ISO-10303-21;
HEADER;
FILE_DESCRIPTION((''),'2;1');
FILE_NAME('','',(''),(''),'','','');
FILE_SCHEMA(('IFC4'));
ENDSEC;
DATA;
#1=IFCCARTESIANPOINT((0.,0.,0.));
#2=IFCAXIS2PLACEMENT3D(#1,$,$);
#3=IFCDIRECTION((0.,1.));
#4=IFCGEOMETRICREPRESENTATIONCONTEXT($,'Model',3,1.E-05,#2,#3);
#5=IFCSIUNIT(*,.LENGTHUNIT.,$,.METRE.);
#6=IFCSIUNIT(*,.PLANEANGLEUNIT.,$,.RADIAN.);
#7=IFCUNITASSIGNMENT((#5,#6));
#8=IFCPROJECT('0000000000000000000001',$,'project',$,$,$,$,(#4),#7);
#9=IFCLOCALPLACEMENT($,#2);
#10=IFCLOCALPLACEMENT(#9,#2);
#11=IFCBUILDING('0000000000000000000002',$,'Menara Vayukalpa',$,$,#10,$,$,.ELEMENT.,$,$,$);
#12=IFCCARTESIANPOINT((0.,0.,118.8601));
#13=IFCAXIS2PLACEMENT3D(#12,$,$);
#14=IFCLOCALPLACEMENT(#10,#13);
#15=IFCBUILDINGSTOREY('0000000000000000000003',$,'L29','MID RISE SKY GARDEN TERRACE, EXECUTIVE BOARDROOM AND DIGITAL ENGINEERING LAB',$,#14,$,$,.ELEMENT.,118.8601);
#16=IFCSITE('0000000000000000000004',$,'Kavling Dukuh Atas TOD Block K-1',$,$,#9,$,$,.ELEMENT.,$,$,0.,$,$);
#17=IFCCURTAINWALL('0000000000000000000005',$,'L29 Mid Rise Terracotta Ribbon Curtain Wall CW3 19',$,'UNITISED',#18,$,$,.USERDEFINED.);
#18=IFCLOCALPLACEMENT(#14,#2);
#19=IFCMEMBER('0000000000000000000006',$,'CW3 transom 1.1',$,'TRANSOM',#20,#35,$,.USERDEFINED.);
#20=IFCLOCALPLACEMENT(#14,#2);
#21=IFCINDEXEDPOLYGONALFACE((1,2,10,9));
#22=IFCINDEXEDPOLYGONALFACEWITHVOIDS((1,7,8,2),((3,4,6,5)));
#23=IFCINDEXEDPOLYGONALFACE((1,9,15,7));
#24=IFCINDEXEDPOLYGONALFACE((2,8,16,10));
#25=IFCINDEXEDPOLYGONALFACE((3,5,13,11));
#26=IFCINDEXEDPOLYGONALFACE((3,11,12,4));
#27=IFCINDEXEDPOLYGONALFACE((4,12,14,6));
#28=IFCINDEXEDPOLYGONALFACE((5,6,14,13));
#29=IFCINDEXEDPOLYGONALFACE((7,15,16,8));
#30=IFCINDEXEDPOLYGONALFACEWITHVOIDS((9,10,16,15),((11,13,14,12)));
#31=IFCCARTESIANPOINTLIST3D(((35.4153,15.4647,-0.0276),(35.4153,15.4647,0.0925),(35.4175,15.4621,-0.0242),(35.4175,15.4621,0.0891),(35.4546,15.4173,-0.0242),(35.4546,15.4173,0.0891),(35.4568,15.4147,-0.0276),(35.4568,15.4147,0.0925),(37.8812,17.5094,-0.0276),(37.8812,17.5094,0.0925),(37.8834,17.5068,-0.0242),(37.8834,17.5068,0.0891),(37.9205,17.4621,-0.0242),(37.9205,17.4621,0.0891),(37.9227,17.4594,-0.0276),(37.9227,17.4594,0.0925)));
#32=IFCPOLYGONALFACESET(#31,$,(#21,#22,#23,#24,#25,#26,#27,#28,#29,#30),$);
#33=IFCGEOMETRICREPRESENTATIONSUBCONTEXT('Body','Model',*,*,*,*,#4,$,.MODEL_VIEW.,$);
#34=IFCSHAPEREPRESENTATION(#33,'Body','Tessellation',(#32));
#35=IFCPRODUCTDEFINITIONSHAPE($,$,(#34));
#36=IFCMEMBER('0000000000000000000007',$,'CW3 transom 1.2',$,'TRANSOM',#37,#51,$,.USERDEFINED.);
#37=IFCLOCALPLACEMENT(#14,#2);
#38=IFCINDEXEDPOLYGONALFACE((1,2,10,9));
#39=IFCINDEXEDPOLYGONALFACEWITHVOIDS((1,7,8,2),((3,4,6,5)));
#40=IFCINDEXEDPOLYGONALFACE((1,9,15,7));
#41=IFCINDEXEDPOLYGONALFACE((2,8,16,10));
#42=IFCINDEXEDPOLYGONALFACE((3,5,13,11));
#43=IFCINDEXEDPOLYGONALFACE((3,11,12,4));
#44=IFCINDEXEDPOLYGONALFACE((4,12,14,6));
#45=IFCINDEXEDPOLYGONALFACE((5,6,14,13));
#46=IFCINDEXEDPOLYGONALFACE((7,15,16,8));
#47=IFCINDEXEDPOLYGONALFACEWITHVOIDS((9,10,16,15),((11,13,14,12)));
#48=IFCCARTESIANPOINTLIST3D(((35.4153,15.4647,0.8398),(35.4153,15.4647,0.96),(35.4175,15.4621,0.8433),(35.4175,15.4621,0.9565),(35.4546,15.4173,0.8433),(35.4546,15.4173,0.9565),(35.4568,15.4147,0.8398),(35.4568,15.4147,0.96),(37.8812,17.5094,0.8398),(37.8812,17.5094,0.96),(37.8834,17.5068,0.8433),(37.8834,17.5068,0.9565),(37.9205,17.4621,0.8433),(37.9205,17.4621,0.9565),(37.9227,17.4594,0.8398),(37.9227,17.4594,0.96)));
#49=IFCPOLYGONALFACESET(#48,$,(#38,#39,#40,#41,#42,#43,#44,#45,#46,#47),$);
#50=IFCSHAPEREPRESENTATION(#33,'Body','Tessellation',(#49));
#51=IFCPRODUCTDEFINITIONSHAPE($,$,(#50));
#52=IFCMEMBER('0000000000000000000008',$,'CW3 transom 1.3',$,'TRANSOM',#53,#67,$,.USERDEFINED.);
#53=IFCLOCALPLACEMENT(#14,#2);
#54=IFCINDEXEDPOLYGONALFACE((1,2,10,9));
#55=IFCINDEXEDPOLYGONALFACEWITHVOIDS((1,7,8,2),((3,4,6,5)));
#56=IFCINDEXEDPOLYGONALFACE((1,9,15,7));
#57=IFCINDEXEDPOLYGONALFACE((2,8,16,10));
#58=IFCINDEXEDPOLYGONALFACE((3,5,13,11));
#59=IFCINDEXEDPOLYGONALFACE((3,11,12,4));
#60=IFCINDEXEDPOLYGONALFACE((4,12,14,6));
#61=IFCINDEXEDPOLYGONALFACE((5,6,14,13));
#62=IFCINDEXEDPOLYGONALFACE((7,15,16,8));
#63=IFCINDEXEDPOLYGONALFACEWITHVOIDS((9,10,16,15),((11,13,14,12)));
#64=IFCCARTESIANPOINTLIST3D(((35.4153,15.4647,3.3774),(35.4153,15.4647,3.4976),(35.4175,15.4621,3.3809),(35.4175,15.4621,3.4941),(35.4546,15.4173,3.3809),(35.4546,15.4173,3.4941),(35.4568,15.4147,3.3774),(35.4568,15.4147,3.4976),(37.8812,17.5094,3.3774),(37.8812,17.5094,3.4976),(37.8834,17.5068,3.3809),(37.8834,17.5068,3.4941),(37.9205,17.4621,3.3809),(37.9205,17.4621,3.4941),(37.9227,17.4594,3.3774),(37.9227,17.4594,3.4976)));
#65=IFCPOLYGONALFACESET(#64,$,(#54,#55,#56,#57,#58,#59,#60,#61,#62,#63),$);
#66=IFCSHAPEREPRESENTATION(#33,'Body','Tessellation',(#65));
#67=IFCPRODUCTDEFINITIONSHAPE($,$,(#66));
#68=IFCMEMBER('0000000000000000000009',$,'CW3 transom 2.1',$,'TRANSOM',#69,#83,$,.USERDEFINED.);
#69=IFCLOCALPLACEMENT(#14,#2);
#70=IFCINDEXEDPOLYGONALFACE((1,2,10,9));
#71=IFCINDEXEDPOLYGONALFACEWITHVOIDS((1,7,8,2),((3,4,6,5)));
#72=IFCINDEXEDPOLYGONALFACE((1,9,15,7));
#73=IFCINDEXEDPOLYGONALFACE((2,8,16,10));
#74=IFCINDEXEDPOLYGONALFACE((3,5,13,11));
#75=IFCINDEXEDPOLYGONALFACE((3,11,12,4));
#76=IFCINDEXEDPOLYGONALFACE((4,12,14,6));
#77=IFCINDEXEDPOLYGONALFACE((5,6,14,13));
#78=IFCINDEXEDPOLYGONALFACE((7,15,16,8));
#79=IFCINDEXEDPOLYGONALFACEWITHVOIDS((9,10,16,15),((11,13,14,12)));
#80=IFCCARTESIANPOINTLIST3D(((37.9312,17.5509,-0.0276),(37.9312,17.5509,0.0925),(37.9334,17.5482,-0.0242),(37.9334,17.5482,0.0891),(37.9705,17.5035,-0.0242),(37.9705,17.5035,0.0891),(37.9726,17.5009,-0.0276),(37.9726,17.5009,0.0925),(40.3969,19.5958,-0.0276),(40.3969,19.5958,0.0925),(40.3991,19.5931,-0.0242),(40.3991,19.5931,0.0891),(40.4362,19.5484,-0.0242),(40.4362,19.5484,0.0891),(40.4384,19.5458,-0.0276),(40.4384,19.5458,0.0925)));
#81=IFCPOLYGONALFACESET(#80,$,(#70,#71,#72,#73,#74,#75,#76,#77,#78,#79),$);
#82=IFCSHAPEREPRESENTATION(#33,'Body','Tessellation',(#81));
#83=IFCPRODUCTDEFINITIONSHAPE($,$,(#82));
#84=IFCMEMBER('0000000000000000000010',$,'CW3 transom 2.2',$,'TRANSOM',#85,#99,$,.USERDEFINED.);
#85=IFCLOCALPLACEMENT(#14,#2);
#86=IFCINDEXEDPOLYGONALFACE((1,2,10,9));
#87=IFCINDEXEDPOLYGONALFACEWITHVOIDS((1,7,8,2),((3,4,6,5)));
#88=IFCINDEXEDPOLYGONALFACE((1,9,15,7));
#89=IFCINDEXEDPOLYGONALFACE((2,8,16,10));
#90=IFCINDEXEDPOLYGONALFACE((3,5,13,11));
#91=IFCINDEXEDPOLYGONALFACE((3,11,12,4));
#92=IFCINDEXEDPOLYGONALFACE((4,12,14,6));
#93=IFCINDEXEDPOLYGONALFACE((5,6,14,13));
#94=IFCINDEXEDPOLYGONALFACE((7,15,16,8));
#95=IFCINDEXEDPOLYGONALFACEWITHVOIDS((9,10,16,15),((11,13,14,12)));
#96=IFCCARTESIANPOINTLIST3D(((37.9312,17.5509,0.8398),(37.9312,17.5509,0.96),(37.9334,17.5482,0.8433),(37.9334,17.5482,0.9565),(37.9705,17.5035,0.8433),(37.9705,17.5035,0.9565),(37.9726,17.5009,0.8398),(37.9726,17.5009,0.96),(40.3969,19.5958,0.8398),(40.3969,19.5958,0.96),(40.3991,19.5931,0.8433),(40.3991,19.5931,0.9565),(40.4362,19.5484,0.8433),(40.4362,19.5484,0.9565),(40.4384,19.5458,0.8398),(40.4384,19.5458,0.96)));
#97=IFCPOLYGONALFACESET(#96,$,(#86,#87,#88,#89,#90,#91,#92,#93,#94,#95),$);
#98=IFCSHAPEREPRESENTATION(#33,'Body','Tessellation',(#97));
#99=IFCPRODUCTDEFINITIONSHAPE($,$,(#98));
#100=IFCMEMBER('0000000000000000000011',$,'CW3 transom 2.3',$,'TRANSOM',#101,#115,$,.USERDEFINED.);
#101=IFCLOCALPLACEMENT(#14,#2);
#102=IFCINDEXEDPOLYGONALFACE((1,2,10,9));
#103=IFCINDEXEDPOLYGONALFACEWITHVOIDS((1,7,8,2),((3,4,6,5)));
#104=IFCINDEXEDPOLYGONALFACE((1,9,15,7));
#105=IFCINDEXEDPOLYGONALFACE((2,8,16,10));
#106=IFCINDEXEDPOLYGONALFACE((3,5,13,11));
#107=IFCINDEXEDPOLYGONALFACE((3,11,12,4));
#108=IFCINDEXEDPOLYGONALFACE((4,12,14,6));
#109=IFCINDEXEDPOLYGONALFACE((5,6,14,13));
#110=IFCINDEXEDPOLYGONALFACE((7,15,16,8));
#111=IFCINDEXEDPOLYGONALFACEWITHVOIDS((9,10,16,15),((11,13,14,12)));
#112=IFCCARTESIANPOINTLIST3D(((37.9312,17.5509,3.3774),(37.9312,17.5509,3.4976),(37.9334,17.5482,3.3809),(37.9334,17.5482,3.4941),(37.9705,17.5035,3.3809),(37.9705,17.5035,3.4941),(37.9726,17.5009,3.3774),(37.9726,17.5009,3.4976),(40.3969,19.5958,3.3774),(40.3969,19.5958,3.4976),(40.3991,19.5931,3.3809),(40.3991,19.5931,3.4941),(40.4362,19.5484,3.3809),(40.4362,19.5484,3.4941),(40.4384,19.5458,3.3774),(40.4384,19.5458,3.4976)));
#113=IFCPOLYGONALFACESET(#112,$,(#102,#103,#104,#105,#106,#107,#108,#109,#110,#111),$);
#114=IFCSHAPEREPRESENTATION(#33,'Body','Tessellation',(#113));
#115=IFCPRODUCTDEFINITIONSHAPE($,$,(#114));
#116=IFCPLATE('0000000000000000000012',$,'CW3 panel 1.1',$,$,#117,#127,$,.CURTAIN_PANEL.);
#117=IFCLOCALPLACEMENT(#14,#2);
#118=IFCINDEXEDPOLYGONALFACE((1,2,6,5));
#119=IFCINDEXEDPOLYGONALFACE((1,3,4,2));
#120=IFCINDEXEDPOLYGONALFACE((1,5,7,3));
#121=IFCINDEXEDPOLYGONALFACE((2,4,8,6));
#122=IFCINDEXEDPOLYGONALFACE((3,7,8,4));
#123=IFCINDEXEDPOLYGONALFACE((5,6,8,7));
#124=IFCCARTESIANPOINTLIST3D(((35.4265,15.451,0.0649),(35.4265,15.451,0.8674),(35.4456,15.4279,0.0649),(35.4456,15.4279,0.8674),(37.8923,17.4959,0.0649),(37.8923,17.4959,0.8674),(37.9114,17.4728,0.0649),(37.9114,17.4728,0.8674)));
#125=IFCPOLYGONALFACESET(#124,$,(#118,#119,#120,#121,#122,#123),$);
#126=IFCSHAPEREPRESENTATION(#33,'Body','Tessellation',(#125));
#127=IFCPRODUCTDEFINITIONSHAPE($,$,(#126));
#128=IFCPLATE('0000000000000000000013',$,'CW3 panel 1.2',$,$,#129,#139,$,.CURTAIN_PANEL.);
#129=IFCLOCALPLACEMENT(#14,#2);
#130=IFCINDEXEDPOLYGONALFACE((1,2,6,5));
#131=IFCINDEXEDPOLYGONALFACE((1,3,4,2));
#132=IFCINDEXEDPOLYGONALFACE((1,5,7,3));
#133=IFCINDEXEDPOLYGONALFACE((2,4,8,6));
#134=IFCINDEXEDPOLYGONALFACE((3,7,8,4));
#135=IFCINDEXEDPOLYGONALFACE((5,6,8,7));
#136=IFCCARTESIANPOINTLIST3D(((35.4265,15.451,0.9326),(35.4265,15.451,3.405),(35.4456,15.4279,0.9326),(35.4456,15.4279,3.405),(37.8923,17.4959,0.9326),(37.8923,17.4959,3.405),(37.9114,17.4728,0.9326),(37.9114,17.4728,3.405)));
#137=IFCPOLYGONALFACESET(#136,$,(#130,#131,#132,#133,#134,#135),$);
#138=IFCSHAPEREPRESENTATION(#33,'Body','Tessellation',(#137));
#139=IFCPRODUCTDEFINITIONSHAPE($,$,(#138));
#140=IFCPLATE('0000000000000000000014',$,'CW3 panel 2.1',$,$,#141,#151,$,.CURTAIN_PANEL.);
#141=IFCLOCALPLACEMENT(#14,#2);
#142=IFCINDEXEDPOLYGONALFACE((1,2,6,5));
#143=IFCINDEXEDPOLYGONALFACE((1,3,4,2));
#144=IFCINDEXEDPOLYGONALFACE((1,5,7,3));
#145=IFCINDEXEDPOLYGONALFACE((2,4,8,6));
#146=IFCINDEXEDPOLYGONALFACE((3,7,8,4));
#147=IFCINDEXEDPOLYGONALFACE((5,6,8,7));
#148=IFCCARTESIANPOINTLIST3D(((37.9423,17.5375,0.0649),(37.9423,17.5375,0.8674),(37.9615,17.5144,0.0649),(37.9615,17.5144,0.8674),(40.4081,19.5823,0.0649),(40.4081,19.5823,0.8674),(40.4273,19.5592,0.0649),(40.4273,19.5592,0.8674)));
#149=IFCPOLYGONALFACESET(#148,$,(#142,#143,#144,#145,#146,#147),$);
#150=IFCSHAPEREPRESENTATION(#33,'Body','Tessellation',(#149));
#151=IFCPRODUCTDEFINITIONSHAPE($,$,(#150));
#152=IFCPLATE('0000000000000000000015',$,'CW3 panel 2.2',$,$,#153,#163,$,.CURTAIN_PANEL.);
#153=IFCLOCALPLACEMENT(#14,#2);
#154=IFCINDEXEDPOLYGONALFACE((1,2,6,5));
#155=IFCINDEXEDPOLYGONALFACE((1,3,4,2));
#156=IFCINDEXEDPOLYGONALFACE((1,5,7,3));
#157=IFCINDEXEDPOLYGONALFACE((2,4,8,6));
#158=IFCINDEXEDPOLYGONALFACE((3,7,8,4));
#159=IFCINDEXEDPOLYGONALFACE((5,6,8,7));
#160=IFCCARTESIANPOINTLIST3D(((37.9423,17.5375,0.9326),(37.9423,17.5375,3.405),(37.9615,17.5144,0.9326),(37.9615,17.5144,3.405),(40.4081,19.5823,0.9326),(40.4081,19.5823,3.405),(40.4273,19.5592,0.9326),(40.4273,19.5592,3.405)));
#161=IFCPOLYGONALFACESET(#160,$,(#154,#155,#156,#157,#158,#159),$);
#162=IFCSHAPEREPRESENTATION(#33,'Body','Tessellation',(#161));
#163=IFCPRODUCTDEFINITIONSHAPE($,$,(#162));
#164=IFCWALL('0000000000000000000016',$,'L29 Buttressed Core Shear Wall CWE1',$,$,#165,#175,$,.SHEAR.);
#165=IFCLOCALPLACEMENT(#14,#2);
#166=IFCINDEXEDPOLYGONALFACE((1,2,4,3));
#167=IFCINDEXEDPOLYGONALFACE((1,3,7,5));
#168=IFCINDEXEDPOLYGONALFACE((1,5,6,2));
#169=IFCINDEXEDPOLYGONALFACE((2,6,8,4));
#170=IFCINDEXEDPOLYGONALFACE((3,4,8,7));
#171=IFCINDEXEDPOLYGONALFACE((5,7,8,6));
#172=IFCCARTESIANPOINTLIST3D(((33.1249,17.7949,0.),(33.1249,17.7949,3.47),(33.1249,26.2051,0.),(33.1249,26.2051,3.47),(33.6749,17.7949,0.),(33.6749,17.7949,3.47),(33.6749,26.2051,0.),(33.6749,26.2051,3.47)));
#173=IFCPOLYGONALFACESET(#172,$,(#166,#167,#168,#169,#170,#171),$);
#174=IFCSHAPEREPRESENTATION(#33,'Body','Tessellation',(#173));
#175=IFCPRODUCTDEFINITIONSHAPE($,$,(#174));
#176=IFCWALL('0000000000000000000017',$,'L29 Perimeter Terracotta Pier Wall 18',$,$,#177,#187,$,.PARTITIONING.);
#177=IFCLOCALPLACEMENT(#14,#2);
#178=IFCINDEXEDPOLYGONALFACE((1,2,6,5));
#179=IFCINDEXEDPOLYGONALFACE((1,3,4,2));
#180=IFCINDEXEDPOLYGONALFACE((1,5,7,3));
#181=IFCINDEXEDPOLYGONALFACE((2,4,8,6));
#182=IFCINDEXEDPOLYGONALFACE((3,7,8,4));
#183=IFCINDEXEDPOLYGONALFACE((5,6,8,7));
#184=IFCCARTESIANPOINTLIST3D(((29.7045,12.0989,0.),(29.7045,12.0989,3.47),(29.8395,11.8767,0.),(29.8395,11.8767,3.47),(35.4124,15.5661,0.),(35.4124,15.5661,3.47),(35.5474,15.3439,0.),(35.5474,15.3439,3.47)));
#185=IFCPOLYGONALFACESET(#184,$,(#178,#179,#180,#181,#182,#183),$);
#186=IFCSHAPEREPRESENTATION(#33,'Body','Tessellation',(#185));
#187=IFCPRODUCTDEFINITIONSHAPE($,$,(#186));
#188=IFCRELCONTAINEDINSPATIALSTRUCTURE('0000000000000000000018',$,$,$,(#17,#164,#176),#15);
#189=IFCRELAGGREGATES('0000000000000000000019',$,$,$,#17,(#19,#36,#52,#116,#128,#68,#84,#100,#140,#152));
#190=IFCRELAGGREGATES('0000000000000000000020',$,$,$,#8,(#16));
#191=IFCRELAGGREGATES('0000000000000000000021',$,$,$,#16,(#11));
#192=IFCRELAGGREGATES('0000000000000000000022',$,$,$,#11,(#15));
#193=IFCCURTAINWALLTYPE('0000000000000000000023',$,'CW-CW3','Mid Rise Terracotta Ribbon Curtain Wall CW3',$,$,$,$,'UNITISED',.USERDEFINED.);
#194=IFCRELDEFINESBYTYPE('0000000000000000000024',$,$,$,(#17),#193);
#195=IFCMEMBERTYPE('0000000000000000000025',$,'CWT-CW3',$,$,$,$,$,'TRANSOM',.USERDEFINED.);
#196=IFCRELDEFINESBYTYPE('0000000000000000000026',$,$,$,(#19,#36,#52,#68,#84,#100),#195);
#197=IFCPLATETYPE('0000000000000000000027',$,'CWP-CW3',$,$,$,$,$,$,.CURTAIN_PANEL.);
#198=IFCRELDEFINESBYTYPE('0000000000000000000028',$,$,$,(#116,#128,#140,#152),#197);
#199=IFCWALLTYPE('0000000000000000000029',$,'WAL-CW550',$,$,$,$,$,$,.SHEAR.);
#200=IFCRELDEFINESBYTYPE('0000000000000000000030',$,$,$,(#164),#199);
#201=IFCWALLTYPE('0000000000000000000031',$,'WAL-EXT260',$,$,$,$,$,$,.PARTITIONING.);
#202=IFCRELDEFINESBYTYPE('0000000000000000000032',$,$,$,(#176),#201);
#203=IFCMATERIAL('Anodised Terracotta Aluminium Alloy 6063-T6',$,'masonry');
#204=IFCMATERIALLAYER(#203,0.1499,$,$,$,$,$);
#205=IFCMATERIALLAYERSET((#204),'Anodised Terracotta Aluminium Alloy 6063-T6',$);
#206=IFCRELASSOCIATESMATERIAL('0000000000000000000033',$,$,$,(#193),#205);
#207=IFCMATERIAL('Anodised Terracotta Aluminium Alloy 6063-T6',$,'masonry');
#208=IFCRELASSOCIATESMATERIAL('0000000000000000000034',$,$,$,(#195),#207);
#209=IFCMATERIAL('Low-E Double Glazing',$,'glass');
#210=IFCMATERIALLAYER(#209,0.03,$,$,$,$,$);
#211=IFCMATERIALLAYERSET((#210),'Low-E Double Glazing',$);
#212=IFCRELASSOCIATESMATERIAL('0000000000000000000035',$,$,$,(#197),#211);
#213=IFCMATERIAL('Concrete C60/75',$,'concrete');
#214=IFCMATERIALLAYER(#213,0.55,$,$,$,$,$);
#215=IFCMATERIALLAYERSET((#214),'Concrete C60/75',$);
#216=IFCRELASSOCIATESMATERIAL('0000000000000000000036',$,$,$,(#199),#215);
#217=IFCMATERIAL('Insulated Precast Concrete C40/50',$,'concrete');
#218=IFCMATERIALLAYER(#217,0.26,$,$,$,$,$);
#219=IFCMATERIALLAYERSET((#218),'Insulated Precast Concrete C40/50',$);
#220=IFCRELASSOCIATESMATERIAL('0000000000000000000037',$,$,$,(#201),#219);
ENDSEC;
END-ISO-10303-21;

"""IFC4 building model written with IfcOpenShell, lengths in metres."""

from ifc_helpers import new_model, si_unit, direction, frame, frame_2d, origin, origin_2d, place, context, subcontext, project, spatial, rectangle, hollow_rectangle, extrude, material, layer, layer_set, material_profile, profile_set, type_object, element, aggregate, save


model = new_model("IFC4")

# Units and contexts
model_context = context("Model", 3, precision=1e-05, world=origin(), true_north=direction((0.0, 1.0)))
body_context = subcontext(model_context, "Body", "Model", "MODEL_VIEW")
ifc_project = project(units=[si_unit("LENGTHUNIT", "METRE"), si_unit("PLANEANGLEUNIT", "RADIAN")], contexts=[model_context])

# Site, building, storey
site_placement = place(None, origin())
site = spatial("IfcSite", under=ifc_project, at=site_placement, Name="Kavling Dukuh Atas TOD Block K-1", CompositionType="ELEMENT", RefElevation=0.0)
building_placement = place(site_placement, origin())
building = spatial("IfcBuilding", under=site, at=building_placement, Name="Menara Vayukalpa", CompositionType="ELEMENT")
storey_placement = place(building_placement, frame((0.0, 0.0, 118.8601)))
storey = spatial("IfcBuildingStorey", under=building, at=storey_placement, Name="L29", Description="MID RISE SKY GARDEN TERRACE, EXECUTIVE BOARDROOM AND DIGITAL ENGINEERING LAB", CompositionType="ELEMENT", Elevation=118.8601)

# Shared definitions
ifc_material_1 = material(Name="Anodised Terracotta Aluminium Alloy 6063-T6", Category="masonry")
ifc_layer_1 = layer(ifc_material_1, 0.1499)
ifc_layer_set_1 = layer_set([ifc_layer_1], Name="Anodised Terracotta Aluminium Alloy 6063-T6")
curtain_wall_type = type_object("IfcCurtainWallType", Name="CW-CW3", Description="Mid Rise Terracotta Ribbon Curtain Wall CW3", ElementType="UNITISED", PredefinedType="USERDEFINED", material=ifc_layer_set_1)

# Curtain wall, members, plates
curtain_wall_1_placement = place(storey_placement, origin())
curtain_wall_1 = element("IfcCurtainWall", 1, at=curtain_wall_1_placement, inside=storey, type_object=curtain_wall_type, Name="L29 Mid Rise Terracotta Ribbon Curtain Wall CW3 19", ObjectType="UNITISED", PredefinedType="USERDEFINED")
ifc_material_2 = material(Name="Anodised Terracotta Aluminium Alloy 6063-T6", Category="masonry")
ifc_material_profile_1 = material_profile(ifc_material_2, hollow_rectangle(XDim=0.0649, YDim=0.1201, WallThickness=0.0034, at=origin_2d()), Name="ALU 65x120x3.5")
ifc_profile_set_1 = profile_set([ifc_material_profile_1], Name="Anodised Terracotta Aluminium Alloy 6063-T6")
member_type_1 = type_object("IfcMemberType", Name="CWT-CW3", ElementType="TRANSOM", PredefinedType="USERDEFINED", material=ifc_profile_set_1)
member_1_placement = place(storey_placement, frame((35.436, 15.4397, 0.0325), z_axis=(0.769781, 0.638308, 0.0), x_axis=(-0.638308, 0.769781, 0.0)))
member_1 = element("IfcMember", 2, at=member_1_placement, type_object=member_type_1, Name="CW3 transom 1.1", ObjectType="TRANSOM", PredefinedType="USERDEFINED", context=body_context, shape_type="SweptSolid", body=[
    extrude(hollow_rectangle(XDim=0.0649, YDim=0.1201, WallThickness=0.0034, at=origin_2d()), origin(), (0.0, 0.0, 1.0), 3.2034),
])
member_2_placement = place(storey_placement, frame((35.436, 15.4397, 0.8999), z_axis=(0.769781, 0.638308, 0.0), x_axis=(-0.638308, 0.769781, 0.0)))
member_2 = element("IfcMember", 3, at=member_2_placement, type_object=member_type_1, Name="CW3 transom 1.2", ObjectType="TRANSOM", PredefinedType="USERDEFINED", context=body_context, shape_type="SweptSolid", body=[
    extrude(hollow_rectangle(XDim=0.0649, YDim=0.1201, WallThickness=0.0034, at=origin_2d()), origin(), (0.0, 0.0, 1.0), 3.2034),
])
member_3_placement = place(storey_placement, frame((35.436, 15.4397, 3.4375), z_axis=(0.769781, 0.638308, 0.0), x_axis=(-0.638308, 0.769781, 0.0)))
member_3 = element("IfcMember", 4, at=member_3_placement, type_object=member_type_1, Name="CW3 transom 1.3", ObjectType="TRANSOM", PredefinedType="USERDEFINED", context=body_context, shape_type="SweptSolid", body=[
    extrude(hollow_rectangle(XDim=0.0649, YDim=0.1201, WallThickness=0.0034, at=origin_2d()), origin(), (0.0, 0.0, 1.0), 3.2034),
])
member_4_placement = place(storey_placement, frame((37.9519, 17.5259, 0.0325), z_axis=(0.769743, 0.638353, 0.0), x_axis=(-0.638353, 0.769743, 0.0)))
member_4 = element("IfcMember", 5, at=member_4_placement, type_object=member_type_1, Name="CW3 transom 2.1", ObjectType="TRANSOM", PredefinedType="USERDEFINED", context=body_context, shape_type="SweptSolid", body=[
    extrude(hollow_rectangle(XDim=0.0649, YDim=0.1201, WallThickness=0.0034, at=origin_2d()), origin(), (0.0, 0.0, 1.0), 3.2034),
])
member_5_placement = place(storey_placement, frame((37.9519, 17.5259, 0.8999), z_axis=(0.769743, 0.638353, 0.0), x_axis=(-0.638353, 0.769743, 0.0)))
member_5 = element("IfcMember", 6, at=member_5_placement, type_object=member_type_1, Name="CW3 transom 2.2", ObjectType="TRANSOM", PredefinedType="USERDEFINED", context=body_context, shape_type="SweptSolid", body=[
    extrude(hollow_rectangle(XDim=0.0649, YDim=0.1201, WallThickness=0.0034, at=origin_2d()), origin(), (0.0, 0.0, 1.0), 3.2034),
])
member_6_placement = place(storey_placement, frame((37.9519, 17.5259, 3.4375), z_axis=(0.769743, 0.638353, 0.0), x_axis=(-0.638353, 0.769743, 0.0)))
member_6 = element("IfcMember", 7, at=member_6_placement, type_object=member_type_1, Name="CW3 transom 2.3", ObjectType="TRANSOM", PredefinedType="USERDEFINED", context=body_context, shape_type="SweptSolid", body=[
    extrude(hollow_rectangle(XDim=0.0649, YDim=0.1201, WallThickness=0.0034, at=origin_2d()), origin(), (0.0, 0.0, 1.0), 3.2034),
])
ifc_material_3 = material(Name="Low-E Double Glazing", Category="glass")
ifc_layer_2 = layer(ifc_material_3, 0.03)
ifc_layer_set_2 = layer_set([ifc_layer_2], Name="Low-E Double Glazing")
plate_type = type_object("IfcPlateType", Name="CWP-CW3", PredefinedType="CURTAIN_PANEL", material=ifc_layer_set_2)
plate_1_placement = place(storey_placement, frame((36.6689, 16.4619, 0.0649), z_axis=(0.0, 0.0, 1.0), x_axis=(0.76975, 0.638346, 0.0)))
plate_1 = element("IfcPlate", 8, at=plate_1_placement, type_object=plate_type, Name="CW3 panel 1.1", PredefinedType="CURTAIN_PANEL", context=body_context, shape_type="SweptSolid", body=[
    extrude(rectangle(XDim=3.2034, YDim=0.03, at=origin_2d()), origin(), (0.0, 0.0, 1.0), 0.8025),
])
plate_2_placement = place(storey_placement, frame((36.6689, 16.4619, 0.9326), z_axis=(0.0, 0.0, 1.0), x_axis=(0.76975, 0.638346, 0.0)))
plate_2 = element("IfcPlate", 9, at=plate_2_placement, type_object=plate_type, Name="CW3 panel 1.2", PredefinedType="CURTAIN_PANEL", context=body_context, shape_type="SweptSolid", body=[
    extrude(rectangle(XDim=3.2034, YDim=0.03, at=origin_2d()), origin(), (0.0, 0.0, 1.0), 2.4724),
])
plate_3_placement = place(storey_placement, frame((39.1848, 18.5483, 0.0649), z_axis=(0.0, 0.0, 1.0), x_axis=(0.76975, 0.638346, 0.0)))
plate_3 = element("IfcPlate", 10, at=plate_3_placement, type_object=plate_type, Name="CW3 panel 2.1", PredefinedType="CURTAIN_PANEL", context=body_context, shape_type="SweptSolid", body=[
    extrude(rectangle(XDim=3.2034, YDim=0.03, at=origin_2d()), origin(), (0.0, 0.0, 1.0), 0.8025),
])
plate_4_placement = place(storey_placement, frame((39.1848, 18.5483, 0.9326), z_axis=(0.0, 0.0, 1.0), x_axis=(0.76975, 0.638346, 0.0)))
plate_4 = element("IfcPlate", 11, at=plate_4_placement, type_object=plate_type, Name="CW3 panel 2.2", PredefinedType="CURTAIN_PANEL", context=body_context, shape_type="SweptSolid", body=[
    extrude(rectangle(XDim=3.2034, YDim=0.03, at=origin_2d()), origin(), (0.0, 0.0, 1.0), 2.4724),
])
aggregate(curtain_wall_1, [member_1, member_2, member_3, plate_1, plate_2, member_4, member_5, member_6, plate_3, plate_4])

# Walls
ifc_material_4 = material(Name="Concrete C60/75", Category="concrete")
ifc_layer_3 = layer(ifc_material_4, 0.55)
ifc_layer_set_3 = layer_set([ifc_layer_3], Name="Concrete C60/75")
wall_type_1 = type_object("IfcWallType", Name="WAL-CW550", PredefinedType="SHEAR", material=ifc_layer_set_3)
wall_1_placement = place(storey_placement, frame((33.3999, 17.7949, 0.0), z_axis=(0.0, 0.0, 1.0), x_axis=(0.0, 1.0, 0.0)))
element("IfcWall", 12, at=wall_1_placement, inside=storey, type_object=wall_type_1, Name="L29 Buttressed Core Shear Wall CWE1", PredefinedType="SHEAR", context=body_context, shape_type="SweptSolid", body=[
    extrude(rectangle(XDim=8.4102, YDim=0.55, at=frame_2d((4.2051, 0.0))), origin(), (0.0, 0.0, 1.0), 3.47),
])
ifc_material_5 = material(Name="Insulated Precast Concrete C40/50", Category="concrete")
ifc_layer_4 = layer(ifc_material_5, 0.26)
ifc_layer_set_4 = layer_set([ifc_layer_4], Name="Insulated Precast Concrete C40/50")
wall_type_2 = type_object("IfcWallType", Name="WAL-EXT260", PredefinedType="PARTITIONING", material=ifc_layer_set_4)
wall_2_placement = place(storey_placement, frame((35.48, 15.4551, 0.0), z_axis=(0.0, 0.0, 1.0), x_axis=(-0.854674, -0.519165, 0.0)))
element("IfcWall", 13, at=wall_2_placement, inside=storey, type_object=wall_type_2, Name="L29 Perimeter Terracotta Pier Wall 18", PredefinedType="PARTITIONING", context=body_context, shape_type="SweptSolid", body=[
    extrude(rectangle(XDim=6.6785, YDim=0.26, at=frame_2d((3.3394, 0.0))), origin(), (0.0, 0.0, 1.0), 3.47),
])

save(model, "model.ifc")
